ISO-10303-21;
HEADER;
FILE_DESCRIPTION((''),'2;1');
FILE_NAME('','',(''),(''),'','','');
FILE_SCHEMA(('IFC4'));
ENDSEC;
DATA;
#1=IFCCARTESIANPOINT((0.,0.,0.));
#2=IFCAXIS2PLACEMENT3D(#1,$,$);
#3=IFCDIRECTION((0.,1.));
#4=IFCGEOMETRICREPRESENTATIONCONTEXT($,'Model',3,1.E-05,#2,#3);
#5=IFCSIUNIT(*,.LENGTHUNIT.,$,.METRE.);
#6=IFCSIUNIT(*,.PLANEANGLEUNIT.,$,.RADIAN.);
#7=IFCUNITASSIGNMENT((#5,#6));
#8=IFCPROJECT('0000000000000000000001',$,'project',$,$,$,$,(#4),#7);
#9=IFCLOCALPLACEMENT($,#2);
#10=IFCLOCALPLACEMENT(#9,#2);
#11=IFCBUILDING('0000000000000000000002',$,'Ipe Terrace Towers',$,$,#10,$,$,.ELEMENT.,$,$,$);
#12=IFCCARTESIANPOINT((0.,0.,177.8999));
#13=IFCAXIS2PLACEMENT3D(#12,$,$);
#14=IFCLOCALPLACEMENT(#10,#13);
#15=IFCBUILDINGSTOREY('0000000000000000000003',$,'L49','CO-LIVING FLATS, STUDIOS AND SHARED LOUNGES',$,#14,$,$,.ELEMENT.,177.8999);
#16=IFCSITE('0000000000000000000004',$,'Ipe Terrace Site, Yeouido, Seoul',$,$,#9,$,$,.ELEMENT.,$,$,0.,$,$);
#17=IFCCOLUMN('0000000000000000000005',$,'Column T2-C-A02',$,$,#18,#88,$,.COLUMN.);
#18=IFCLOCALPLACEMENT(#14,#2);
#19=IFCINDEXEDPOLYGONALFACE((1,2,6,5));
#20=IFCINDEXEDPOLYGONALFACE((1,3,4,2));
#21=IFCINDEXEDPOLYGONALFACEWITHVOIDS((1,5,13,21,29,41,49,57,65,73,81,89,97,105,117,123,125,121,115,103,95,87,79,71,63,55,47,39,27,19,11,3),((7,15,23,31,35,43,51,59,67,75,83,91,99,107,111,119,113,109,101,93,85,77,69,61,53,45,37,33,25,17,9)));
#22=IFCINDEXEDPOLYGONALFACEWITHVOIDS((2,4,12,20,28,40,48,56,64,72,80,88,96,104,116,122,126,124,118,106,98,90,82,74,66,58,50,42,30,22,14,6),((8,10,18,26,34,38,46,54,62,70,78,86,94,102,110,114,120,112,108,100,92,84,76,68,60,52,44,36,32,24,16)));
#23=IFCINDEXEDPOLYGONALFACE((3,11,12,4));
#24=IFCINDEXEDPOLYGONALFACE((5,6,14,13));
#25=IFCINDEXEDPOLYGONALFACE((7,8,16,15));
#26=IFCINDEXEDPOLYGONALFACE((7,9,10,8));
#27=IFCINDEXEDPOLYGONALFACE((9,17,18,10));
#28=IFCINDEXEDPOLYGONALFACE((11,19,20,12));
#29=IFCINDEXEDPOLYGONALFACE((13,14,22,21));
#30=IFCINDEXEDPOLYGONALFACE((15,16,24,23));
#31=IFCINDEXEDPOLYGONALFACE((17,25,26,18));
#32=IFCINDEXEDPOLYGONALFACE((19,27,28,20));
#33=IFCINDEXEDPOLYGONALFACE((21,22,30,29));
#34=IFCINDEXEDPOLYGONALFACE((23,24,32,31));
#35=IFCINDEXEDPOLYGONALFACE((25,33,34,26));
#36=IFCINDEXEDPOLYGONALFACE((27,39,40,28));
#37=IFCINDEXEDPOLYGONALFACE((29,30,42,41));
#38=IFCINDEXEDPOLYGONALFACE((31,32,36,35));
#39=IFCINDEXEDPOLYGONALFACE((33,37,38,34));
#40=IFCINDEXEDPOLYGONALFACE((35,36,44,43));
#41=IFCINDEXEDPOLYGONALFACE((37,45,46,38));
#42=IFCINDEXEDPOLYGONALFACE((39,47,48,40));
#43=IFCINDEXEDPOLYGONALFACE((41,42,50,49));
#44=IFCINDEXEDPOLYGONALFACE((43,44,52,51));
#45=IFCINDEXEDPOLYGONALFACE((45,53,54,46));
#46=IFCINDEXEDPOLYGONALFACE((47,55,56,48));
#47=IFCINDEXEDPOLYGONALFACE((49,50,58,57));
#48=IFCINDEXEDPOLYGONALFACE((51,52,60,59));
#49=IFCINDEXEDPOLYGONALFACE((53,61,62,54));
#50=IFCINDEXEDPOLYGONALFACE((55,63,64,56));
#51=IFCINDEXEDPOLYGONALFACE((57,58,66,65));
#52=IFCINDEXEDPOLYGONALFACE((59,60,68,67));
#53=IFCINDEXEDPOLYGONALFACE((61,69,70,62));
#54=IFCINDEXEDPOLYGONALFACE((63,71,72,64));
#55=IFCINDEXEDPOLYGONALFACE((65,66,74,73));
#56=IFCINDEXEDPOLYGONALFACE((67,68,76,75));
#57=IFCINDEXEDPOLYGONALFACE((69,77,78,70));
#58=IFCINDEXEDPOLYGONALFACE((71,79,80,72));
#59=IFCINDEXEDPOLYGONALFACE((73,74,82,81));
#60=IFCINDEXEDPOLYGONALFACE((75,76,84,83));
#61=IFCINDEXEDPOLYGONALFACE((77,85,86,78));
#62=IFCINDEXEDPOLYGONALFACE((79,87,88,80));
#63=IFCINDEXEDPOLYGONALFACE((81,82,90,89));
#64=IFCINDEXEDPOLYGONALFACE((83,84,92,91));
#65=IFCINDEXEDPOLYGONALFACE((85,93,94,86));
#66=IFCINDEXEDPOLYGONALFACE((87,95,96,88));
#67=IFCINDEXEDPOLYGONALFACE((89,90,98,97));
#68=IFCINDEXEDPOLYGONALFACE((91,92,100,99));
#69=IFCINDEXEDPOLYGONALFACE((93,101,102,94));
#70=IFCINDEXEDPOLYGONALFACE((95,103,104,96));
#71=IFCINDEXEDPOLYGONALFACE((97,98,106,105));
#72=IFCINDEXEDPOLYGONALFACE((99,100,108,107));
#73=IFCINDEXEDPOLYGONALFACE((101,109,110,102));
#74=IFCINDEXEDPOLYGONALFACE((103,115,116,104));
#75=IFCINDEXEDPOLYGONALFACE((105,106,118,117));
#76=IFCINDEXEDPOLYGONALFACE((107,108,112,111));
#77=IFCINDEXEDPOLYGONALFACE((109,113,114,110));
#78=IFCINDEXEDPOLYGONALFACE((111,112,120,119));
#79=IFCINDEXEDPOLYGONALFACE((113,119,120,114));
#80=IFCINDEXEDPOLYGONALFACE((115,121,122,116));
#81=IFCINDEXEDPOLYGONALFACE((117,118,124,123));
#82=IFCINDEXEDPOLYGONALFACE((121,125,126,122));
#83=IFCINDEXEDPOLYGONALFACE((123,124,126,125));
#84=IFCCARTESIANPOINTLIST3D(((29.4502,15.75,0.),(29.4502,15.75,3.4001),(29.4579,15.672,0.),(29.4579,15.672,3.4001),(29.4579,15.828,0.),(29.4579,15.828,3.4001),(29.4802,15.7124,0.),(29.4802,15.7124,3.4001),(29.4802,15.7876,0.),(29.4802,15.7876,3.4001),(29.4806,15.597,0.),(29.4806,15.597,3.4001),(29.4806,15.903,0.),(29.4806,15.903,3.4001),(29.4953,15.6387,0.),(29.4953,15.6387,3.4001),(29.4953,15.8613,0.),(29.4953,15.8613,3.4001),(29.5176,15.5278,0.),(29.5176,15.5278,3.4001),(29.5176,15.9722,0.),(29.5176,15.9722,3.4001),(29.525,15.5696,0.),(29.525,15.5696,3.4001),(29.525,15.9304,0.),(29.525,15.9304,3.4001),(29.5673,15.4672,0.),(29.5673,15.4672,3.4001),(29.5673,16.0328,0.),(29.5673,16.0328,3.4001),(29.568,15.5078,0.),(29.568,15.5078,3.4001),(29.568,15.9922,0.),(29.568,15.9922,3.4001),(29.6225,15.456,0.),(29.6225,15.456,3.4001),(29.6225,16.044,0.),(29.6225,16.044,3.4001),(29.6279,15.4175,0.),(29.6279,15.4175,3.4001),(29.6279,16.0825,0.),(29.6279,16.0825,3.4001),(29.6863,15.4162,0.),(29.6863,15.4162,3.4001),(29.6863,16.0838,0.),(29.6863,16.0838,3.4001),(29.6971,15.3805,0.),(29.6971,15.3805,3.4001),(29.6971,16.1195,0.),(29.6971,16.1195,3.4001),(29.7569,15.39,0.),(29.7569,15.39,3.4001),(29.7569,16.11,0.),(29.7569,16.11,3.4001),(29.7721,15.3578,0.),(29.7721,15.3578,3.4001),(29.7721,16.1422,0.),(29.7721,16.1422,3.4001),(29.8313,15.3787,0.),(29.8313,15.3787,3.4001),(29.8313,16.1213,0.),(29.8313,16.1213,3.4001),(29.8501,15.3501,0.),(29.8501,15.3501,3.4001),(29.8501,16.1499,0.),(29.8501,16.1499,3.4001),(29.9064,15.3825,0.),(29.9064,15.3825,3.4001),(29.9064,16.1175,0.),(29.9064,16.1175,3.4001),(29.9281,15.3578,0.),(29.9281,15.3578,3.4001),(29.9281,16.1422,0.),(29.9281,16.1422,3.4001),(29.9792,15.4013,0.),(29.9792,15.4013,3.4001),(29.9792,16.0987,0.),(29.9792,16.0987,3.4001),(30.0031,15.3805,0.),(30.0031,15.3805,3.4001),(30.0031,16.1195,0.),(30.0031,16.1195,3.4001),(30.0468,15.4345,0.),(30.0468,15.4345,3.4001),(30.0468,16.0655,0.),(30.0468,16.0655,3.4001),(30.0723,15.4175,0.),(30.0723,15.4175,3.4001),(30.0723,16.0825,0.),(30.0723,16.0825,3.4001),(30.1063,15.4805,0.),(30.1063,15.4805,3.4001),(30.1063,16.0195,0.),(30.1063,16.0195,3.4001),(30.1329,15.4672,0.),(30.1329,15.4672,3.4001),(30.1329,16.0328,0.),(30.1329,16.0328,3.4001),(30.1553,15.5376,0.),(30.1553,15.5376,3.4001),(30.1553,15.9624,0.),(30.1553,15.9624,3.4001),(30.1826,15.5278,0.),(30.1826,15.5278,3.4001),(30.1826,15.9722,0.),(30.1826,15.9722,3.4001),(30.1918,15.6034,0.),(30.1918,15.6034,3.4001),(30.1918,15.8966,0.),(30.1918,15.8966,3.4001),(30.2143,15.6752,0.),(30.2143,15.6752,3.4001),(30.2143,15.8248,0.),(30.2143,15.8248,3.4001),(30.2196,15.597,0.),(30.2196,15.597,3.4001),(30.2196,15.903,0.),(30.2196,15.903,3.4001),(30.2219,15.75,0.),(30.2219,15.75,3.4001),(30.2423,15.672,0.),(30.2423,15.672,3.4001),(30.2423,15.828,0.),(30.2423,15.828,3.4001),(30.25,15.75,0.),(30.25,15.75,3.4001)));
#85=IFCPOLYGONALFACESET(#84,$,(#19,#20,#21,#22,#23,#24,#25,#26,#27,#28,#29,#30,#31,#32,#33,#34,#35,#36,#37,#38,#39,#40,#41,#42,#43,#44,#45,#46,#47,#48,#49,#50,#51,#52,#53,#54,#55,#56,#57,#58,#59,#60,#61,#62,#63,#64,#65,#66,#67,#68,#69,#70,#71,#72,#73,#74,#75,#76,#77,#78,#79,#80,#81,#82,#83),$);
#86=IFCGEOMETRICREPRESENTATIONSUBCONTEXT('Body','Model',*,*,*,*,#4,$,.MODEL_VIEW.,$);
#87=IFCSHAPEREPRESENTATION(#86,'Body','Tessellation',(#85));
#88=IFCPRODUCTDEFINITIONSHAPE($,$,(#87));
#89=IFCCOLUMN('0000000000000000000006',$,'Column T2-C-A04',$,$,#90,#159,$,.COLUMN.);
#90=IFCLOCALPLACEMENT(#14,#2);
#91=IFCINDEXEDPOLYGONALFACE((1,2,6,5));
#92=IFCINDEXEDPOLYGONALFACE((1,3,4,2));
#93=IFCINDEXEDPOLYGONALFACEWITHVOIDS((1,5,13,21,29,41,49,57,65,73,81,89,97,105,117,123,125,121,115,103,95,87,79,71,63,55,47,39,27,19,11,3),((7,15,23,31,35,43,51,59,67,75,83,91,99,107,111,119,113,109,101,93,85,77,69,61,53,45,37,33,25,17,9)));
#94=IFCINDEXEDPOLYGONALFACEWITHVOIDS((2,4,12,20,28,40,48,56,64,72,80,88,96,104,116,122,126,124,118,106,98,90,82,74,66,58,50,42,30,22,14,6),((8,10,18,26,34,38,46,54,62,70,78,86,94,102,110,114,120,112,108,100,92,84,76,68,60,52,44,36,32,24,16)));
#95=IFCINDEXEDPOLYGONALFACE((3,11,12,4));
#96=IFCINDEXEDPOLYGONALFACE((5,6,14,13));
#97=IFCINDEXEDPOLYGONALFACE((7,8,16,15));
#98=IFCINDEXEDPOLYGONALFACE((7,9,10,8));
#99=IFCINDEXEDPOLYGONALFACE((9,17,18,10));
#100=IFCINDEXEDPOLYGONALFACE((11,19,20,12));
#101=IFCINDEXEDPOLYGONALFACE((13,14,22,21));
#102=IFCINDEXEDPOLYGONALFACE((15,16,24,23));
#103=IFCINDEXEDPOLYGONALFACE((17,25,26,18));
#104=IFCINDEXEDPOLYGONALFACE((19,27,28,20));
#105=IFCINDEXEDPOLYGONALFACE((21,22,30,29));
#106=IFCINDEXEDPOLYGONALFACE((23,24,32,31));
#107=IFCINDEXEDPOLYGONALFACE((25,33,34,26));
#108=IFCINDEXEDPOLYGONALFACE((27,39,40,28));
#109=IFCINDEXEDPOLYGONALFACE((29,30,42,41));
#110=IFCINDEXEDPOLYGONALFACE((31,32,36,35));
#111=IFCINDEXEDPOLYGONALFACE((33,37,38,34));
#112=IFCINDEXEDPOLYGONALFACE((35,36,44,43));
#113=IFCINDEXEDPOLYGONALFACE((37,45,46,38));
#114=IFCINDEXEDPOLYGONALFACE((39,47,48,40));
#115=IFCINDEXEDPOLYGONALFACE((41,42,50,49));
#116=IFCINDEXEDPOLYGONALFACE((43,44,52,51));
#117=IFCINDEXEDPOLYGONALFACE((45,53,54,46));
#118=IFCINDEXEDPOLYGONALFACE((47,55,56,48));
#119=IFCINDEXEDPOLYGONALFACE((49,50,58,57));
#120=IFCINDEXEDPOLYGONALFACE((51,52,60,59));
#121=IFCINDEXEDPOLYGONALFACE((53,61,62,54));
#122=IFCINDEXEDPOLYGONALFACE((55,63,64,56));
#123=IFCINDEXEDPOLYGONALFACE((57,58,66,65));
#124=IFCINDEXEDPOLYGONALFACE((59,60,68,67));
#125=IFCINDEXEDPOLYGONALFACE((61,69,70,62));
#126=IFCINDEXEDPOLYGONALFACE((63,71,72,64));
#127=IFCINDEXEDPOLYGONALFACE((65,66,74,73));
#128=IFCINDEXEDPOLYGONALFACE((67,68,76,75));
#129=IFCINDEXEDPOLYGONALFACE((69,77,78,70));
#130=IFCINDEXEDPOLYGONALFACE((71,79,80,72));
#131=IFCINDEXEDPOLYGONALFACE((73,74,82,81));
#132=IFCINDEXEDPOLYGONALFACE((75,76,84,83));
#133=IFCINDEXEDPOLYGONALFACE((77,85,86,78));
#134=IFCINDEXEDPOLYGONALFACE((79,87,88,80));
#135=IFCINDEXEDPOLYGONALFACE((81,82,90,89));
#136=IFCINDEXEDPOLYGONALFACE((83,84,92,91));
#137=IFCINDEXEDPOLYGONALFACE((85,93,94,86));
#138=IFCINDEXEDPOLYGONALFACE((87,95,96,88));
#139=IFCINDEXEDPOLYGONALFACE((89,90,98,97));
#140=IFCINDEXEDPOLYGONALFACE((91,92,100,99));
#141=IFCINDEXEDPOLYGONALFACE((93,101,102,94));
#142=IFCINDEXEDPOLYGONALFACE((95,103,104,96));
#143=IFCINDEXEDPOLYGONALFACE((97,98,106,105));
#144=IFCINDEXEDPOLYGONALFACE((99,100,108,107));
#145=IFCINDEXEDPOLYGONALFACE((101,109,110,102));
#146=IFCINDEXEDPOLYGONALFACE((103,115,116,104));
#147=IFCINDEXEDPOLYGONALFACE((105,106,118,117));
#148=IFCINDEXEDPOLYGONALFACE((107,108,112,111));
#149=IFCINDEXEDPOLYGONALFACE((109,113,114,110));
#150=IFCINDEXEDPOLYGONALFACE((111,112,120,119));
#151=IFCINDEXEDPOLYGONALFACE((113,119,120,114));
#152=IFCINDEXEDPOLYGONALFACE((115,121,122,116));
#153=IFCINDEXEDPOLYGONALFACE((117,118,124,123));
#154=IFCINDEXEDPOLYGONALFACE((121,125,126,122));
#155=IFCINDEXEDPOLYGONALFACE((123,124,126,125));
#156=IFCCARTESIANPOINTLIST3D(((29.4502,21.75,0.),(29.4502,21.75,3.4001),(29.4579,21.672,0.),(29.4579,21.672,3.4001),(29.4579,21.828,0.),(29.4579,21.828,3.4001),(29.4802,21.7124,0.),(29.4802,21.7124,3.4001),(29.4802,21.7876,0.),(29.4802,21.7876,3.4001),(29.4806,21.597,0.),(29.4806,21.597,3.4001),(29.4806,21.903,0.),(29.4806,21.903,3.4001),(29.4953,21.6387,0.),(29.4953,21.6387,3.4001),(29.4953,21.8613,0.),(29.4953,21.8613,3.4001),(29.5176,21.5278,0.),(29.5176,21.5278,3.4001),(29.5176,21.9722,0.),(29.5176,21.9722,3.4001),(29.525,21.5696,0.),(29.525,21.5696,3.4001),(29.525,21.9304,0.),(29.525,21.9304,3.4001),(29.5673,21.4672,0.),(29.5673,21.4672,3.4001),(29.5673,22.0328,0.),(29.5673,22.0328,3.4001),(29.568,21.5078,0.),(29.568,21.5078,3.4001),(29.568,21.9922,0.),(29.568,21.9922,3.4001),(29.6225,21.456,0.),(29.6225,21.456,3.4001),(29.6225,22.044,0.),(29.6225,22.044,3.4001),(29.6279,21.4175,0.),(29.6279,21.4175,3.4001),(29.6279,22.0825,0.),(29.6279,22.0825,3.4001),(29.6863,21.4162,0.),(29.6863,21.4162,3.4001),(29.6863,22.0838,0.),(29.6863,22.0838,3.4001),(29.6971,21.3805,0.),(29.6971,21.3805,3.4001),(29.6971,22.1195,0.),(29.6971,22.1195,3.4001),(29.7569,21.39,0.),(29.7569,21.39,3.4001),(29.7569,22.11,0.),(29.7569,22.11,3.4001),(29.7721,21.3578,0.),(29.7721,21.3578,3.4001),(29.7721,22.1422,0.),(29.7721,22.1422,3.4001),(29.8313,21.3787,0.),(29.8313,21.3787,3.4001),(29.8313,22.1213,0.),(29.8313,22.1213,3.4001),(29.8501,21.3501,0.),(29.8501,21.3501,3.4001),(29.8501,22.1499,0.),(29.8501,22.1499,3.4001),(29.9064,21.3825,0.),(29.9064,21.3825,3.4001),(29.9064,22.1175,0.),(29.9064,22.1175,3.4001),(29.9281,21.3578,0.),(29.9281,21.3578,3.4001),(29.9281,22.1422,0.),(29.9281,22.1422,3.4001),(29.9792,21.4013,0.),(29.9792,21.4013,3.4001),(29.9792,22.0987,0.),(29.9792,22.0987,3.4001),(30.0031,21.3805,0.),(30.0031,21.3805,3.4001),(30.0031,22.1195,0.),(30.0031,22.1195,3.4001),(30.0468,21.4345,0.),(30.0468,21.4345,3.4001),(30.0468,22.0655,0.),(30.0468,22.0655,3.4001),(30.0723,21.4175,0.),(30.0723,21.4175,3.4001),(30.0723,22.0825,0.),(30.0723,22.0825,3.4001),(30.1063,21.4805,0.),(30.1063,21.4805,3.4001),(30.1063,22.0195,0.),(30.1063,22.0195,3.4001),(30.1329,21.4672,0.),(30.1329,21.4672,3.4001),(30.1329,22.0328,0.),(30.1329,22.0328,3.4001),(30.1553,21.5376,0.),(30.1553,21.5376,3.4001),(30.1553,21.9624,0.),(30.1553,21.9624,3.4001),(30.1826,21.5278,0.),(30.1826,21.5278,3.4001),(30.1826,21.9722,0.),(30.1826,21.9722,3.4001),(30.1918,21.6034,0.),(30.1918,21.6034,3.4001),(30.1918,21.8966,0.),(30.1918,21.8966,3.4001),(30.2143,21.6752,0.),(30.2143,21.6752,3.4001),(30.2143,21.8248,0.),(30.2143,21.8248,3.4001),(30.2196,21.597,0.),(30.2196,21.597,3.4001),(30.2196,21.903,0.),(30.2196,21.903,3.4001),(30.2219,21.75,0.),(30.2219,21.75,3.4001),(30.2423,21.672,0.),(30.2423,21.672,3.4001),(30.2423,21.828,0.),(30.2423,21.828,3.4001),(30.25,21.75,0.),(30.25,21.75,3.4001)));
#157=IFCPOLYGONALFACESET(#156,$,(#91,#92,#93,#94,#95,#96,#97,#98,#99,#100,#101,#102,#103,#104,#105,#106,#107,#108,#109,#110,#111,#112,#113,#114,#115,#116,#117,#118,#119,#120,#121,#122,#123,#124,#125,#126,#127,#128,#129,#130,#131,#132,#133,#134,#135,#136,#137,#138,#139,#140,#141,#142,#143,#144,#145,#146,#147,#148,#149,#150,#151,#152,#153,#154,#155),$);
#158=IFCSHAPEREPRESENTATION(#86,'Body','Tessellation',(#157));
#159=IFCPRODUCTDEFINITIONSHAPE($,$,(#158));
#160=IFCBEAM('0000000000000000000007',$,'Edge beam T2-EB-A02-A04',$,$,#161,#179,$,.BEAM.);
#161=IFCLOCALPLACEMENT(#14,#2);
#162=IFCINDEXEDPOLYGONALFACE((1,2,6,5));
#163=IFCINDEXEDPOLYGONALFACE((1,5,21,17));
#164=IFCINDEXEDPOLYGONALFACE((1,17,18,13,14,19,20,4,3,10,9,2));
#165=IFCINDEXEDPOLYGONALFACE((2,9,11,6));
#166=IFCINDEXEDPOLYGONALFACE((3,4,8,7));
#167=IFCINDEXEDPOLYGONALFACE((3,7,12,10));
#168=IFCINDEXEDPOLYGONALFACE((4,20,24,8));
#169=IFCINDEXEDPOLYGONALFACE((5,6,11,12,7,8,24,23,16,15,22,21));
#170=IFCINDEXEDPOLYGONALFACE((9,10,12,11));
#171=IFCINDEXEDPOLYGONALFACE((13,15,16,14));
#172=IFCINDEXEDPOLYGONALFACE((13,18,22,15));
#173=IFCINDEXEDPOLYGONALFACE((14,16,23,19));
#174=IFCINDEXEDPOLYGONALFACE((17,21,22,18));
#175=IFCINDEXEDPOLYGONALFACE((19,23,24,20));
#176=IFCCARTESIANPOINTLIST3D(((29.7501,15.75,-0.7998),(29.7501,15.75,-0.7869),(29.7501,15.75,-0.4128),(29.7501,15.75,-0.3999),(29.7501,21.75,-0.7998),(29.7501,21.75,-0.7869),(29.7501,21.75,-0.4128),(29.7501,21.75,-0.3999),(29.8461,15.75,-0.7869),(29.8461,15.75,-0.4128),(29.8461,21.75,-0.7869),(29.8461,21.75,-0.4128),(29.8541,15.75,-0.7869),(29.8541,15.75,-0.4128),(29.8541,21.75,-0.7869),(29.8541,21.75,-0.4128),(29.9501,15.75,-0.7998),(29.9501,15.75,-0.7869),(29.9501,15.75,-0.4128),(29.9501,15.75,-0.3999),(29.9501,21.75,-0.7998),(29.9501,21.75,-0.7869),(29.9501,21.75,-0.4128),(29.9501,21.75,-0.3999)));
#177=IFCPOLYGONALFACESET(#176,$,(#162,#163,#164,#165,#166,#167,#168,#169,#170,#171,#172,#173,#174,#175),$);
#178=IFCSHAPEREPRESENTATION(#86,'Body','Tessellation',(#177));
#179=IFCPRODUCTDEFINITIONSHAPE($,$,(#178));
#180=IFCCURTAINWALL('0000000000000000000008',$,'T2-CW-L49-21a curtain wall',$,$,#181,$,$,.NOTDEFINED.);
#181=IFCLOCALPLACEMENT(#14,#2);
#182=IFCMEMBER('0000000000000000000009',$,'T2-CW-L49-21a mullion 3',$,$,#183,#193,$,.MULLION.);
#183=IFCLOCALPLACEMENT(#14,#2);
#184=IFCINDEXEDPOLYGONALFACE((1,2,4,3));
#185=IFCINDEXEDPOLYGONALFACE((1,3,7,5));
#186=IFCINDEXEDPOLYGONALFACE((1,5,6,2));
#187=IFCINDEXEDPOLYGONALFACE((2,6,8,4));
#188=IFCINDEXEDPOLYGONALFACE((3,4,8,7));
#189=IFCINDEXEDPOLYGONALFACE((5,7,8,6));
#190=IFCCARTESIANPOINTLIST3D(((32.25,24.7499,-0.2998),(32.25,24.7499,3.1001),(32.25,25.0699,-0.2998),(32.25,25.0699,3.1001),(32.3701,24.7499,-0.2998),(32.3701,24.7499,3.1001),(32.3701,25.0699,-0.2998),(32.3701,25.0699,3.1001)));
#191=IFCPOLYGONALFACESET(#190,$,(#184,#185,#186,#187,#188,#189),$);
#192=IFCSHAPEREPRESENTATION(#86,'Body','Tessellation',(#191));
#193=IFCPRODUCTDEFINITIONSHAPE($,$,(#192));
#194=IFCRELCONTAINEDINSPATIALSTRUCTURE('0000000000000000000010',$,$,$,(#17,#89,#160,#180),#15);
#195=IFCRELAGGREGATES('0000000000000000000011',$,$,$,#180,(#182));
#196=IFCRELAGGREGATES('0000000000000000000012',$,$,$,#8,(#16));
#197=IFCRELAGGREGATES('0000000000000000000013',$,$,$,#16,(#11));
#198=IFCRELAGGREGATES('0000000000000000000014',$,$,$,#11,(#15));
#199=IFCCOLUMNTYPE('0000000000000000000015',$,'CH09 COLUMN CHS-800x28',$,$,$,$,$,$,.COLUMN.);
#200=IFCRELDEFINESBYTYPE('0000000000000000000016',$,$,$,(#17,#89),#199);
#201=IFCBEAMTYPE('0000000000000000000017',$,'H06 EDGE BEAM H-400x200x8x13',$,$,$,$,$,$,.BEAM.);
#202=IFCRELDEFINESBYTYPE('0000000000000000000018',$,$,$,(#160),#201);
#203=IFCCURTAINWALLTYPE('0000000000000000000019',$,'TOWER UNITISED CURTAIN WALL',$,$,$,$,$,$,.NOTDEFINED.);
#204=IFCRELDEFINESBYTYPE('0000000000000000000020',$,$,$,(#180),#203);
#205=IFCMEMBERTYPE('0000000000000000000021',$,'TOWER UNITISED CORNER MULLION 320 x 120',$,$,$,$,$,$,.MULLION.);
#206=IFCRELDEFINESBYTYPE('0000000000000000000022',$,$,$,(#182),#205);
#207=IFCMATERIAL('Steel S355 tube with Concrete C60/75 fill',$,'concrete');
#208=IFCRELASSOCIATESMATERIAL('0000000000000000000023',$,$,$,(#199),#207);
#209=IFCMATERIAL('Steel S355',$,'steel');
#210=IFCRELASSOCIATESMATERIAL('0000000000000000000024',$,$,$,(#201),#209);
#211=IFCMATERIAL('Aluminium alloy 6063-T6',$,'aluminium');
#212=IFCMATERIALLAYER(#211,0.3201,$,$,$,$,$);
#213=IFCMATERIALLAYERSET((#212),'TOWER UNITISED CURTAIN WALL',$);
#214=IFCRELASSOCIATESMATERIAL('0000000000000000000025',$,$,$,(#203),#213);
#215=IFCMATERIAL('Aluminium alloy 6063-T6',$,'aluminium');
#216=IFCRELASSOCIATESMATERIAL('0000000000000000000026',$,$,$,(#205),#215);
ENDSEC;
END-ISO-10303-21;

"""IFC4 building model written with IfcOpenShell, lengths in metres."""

from ifc_helpers import new_model, si_unit, direction, frame, origin, origin_2d, place, context, subcontext, project, spatial, rectangle, hollow_circle, i_section, extrude, material, layer, layer_set, material_profile, profile_set, type_object, element, aggregate, save


model = new_model("IFC4")

# Units and contexts
model_context = context("Model", 3, precision=1e-05, world=origin(), true_north=direction((0.0, 1.0)))
body_context = subcontext(model_context, "Body", "Model", "MODEL_VIEW")
ifc_project = project(units=[si_unit("LENGTHUNIT", "METRE"), si_unit("PLANEANGLEUNIT", "RADIAN")], contexts=[model_context])

# Site, building, storey
site_placement = place(None, origin())
site = spatial("IfcSite", under=ifc_project, at=site_placement, Name="Ipe Terrace Site, Yeouido, Seoul", CompositionType="ELEMENT", RefElevation=0.0)
building_placement = place(site_placement, origin())
building = spatial("IfcBuilding", under=site, at=building_placement, Name="Ipe Terrace Towers", CompositionType="ELEMENT")
storey_placement = place(building_placement, frame((0.0, 0.0, 177.8999)))
storey = spatial("IfcBuildingStorey", under=building, at=storey_placement, Name="L49", Description="CO-LIVING FLATS, STUDIOS AND SHARED LOUNGES", CompositionType="ELEMENT", Elevation=177.8999)

# Columns
ifc_material_1 = material(Name="Steel S355 tube with Concrete C60/75 fill", Category="concrete")
ifc_material_profile_1 = material_profile(ifc_material_1, hollow_circle(Radius=0.3999, WallThickness=0.0281, at=origin_2d()), Name="CHS-800x28")
ifc_profile_set_1 = profile_set([ifc_material_profile_1], Name="Steel S355 tube with Concrete C60/75 fill")
column_type = type_object("IfcColumnType", Name="CH09 COLUMN CHS-800x28", PredefinedType="COLUMN", material=ifc_profile_set_1)
for number, where, z_axis, x_axis, name in (
    (1, (29.8501, 15.75, 0.0), (0.0, 0.0, 1.0), (1.0, 0.0, 0.0), "Column T2-C-A02"),
    (2, (29.8501, 21.75, 0.0), (0.0, 0.0, 1.0), (1.0, 0.0, 0.0), "Column T2-C-A04"),
):
    element("IfcColumn", number, at=place(storey_placement, frame(where, z_axis=z_axis, x_axis=x_axis)), inside=storey, type_object=column_type, Name=name, PredefinedType="COLUMN", context=body_context, shape_type="SweptSolid", body=[
        extrude(hollow_circle(Radius=0.3999, WallThickness=0.0281, at=origin_2d()), origin(), (0.0, 0.0, 1.0), 3.4001),
    ])

# Beam
ifc_material_2 = material(Name="Steel S355", Category="steel")
ifc_material_profile_2 = material_profile(ifc_material_2, i_section(OverallWidth=0.2, OverallDepth=0.3999, WebThickness=0.0081, FlangeThickness=0.0129, at=origin_2d()), Name="H-400x200x8x13")
ifc_profile_set_2 = profile_set([ifc_material_profile_2], Name="Steel S355")
beam_type = type_object("IfcBeamType", Name="H06 EDGE BEAM H-400x200x8x13", PredefinedType="BEAM", material=ifc_profile_set_2)
beam_placement = place(storey_placement, frame((29.8501, 15.75, -0.5999), z_axis=(0.0, 1.0, 0.0), x_axis=(-1.0, 0.0, 0.0)))
element("IfcBeam", 3, at=beam_placement, inside=storey, type_object=beam_type, Name="Edge beam T2-EB-A02-A04", PredefinedType="BEAM", context=body_context, shape_type="SweptSolid", body=[
    extrude(i_section(OverallWidth=0.2, OverallDepth=0.3999, WebThickness=0.0081, FlangeThickness=0.0129, at=origin_2d()), origin(), (0.0, 0.0, 1.0), 6.0),
])

# Curtain wall, member
ifc_material_3 = material(Name="Aluminium alloy 6063-T6", Category="aluminium")
ifc_layer_1 = layer(ifc_material_3, 0.3201)
ifc_layer_set_1 = layer_set([ifc_layer_1], Name="TOWER UNITISED CURTAIN WALL")
curtain_wall_type = type_object("IfcCurtainWallType", Name="TOWER UNITISED CURTAIN WALL", PredefinedType="NOTDEFINED", material=ifc_layer_set_1)
curtain_wall_1_placement = place(storey_placement, origin())
curtain_wall_1 = element("IfcCurtainWall", 4, at=curtain_wall_1_placement, inside=storey, type_object=curtain_wall_type, Name="T2-CW-L49-21a curtain wall", PredefinedType="NOTDEFINED")
ifc_material_4 = material(Name="Aluminium alloy 6063-T6", Category="aluminium")
ifc_material_profile_3 = material_profile(ifc_material_4, rectangle(XDim=0.3201, YDim=0.1201, at=origin_2d()), Name="TOWER UNITISED CORNER MULLION 320 x 120")
ifc_profile_set_3 = profile_set([ifc_material_profile_3], Name="Aluminium alloy 6063-T6")
member_type = type_object("IfcMemberType", Name="TOWER UNITISED CORNER MULLION 320 x 120", PredefinedType="MULLION", material=ifc_profile_set_3)
member_1_placement = place(storey_placement, frame((32.3101, 24.9099, -0.2998), z_axis=(0.0, 0.0, 1.0), x_axis=(0.0, 1.0, 0.0)))
member_1 = element("IfcMember", 5, at=member_1_placement, type_object=member_type, Name="T2-CW-L49-21a mullion 3", PredefinedType="MULLION", context=body_context, shape_type="SweptSolid", body=[
    extrude(rectangle(XDim=0.3201, YDim=0.1201, at=origin_2d()), origin(), (0.0, 0.0, 1.0), 3.3999),
])
aggregate(curtain_wall_1, [member_1])

save(model, "model.ifc")
